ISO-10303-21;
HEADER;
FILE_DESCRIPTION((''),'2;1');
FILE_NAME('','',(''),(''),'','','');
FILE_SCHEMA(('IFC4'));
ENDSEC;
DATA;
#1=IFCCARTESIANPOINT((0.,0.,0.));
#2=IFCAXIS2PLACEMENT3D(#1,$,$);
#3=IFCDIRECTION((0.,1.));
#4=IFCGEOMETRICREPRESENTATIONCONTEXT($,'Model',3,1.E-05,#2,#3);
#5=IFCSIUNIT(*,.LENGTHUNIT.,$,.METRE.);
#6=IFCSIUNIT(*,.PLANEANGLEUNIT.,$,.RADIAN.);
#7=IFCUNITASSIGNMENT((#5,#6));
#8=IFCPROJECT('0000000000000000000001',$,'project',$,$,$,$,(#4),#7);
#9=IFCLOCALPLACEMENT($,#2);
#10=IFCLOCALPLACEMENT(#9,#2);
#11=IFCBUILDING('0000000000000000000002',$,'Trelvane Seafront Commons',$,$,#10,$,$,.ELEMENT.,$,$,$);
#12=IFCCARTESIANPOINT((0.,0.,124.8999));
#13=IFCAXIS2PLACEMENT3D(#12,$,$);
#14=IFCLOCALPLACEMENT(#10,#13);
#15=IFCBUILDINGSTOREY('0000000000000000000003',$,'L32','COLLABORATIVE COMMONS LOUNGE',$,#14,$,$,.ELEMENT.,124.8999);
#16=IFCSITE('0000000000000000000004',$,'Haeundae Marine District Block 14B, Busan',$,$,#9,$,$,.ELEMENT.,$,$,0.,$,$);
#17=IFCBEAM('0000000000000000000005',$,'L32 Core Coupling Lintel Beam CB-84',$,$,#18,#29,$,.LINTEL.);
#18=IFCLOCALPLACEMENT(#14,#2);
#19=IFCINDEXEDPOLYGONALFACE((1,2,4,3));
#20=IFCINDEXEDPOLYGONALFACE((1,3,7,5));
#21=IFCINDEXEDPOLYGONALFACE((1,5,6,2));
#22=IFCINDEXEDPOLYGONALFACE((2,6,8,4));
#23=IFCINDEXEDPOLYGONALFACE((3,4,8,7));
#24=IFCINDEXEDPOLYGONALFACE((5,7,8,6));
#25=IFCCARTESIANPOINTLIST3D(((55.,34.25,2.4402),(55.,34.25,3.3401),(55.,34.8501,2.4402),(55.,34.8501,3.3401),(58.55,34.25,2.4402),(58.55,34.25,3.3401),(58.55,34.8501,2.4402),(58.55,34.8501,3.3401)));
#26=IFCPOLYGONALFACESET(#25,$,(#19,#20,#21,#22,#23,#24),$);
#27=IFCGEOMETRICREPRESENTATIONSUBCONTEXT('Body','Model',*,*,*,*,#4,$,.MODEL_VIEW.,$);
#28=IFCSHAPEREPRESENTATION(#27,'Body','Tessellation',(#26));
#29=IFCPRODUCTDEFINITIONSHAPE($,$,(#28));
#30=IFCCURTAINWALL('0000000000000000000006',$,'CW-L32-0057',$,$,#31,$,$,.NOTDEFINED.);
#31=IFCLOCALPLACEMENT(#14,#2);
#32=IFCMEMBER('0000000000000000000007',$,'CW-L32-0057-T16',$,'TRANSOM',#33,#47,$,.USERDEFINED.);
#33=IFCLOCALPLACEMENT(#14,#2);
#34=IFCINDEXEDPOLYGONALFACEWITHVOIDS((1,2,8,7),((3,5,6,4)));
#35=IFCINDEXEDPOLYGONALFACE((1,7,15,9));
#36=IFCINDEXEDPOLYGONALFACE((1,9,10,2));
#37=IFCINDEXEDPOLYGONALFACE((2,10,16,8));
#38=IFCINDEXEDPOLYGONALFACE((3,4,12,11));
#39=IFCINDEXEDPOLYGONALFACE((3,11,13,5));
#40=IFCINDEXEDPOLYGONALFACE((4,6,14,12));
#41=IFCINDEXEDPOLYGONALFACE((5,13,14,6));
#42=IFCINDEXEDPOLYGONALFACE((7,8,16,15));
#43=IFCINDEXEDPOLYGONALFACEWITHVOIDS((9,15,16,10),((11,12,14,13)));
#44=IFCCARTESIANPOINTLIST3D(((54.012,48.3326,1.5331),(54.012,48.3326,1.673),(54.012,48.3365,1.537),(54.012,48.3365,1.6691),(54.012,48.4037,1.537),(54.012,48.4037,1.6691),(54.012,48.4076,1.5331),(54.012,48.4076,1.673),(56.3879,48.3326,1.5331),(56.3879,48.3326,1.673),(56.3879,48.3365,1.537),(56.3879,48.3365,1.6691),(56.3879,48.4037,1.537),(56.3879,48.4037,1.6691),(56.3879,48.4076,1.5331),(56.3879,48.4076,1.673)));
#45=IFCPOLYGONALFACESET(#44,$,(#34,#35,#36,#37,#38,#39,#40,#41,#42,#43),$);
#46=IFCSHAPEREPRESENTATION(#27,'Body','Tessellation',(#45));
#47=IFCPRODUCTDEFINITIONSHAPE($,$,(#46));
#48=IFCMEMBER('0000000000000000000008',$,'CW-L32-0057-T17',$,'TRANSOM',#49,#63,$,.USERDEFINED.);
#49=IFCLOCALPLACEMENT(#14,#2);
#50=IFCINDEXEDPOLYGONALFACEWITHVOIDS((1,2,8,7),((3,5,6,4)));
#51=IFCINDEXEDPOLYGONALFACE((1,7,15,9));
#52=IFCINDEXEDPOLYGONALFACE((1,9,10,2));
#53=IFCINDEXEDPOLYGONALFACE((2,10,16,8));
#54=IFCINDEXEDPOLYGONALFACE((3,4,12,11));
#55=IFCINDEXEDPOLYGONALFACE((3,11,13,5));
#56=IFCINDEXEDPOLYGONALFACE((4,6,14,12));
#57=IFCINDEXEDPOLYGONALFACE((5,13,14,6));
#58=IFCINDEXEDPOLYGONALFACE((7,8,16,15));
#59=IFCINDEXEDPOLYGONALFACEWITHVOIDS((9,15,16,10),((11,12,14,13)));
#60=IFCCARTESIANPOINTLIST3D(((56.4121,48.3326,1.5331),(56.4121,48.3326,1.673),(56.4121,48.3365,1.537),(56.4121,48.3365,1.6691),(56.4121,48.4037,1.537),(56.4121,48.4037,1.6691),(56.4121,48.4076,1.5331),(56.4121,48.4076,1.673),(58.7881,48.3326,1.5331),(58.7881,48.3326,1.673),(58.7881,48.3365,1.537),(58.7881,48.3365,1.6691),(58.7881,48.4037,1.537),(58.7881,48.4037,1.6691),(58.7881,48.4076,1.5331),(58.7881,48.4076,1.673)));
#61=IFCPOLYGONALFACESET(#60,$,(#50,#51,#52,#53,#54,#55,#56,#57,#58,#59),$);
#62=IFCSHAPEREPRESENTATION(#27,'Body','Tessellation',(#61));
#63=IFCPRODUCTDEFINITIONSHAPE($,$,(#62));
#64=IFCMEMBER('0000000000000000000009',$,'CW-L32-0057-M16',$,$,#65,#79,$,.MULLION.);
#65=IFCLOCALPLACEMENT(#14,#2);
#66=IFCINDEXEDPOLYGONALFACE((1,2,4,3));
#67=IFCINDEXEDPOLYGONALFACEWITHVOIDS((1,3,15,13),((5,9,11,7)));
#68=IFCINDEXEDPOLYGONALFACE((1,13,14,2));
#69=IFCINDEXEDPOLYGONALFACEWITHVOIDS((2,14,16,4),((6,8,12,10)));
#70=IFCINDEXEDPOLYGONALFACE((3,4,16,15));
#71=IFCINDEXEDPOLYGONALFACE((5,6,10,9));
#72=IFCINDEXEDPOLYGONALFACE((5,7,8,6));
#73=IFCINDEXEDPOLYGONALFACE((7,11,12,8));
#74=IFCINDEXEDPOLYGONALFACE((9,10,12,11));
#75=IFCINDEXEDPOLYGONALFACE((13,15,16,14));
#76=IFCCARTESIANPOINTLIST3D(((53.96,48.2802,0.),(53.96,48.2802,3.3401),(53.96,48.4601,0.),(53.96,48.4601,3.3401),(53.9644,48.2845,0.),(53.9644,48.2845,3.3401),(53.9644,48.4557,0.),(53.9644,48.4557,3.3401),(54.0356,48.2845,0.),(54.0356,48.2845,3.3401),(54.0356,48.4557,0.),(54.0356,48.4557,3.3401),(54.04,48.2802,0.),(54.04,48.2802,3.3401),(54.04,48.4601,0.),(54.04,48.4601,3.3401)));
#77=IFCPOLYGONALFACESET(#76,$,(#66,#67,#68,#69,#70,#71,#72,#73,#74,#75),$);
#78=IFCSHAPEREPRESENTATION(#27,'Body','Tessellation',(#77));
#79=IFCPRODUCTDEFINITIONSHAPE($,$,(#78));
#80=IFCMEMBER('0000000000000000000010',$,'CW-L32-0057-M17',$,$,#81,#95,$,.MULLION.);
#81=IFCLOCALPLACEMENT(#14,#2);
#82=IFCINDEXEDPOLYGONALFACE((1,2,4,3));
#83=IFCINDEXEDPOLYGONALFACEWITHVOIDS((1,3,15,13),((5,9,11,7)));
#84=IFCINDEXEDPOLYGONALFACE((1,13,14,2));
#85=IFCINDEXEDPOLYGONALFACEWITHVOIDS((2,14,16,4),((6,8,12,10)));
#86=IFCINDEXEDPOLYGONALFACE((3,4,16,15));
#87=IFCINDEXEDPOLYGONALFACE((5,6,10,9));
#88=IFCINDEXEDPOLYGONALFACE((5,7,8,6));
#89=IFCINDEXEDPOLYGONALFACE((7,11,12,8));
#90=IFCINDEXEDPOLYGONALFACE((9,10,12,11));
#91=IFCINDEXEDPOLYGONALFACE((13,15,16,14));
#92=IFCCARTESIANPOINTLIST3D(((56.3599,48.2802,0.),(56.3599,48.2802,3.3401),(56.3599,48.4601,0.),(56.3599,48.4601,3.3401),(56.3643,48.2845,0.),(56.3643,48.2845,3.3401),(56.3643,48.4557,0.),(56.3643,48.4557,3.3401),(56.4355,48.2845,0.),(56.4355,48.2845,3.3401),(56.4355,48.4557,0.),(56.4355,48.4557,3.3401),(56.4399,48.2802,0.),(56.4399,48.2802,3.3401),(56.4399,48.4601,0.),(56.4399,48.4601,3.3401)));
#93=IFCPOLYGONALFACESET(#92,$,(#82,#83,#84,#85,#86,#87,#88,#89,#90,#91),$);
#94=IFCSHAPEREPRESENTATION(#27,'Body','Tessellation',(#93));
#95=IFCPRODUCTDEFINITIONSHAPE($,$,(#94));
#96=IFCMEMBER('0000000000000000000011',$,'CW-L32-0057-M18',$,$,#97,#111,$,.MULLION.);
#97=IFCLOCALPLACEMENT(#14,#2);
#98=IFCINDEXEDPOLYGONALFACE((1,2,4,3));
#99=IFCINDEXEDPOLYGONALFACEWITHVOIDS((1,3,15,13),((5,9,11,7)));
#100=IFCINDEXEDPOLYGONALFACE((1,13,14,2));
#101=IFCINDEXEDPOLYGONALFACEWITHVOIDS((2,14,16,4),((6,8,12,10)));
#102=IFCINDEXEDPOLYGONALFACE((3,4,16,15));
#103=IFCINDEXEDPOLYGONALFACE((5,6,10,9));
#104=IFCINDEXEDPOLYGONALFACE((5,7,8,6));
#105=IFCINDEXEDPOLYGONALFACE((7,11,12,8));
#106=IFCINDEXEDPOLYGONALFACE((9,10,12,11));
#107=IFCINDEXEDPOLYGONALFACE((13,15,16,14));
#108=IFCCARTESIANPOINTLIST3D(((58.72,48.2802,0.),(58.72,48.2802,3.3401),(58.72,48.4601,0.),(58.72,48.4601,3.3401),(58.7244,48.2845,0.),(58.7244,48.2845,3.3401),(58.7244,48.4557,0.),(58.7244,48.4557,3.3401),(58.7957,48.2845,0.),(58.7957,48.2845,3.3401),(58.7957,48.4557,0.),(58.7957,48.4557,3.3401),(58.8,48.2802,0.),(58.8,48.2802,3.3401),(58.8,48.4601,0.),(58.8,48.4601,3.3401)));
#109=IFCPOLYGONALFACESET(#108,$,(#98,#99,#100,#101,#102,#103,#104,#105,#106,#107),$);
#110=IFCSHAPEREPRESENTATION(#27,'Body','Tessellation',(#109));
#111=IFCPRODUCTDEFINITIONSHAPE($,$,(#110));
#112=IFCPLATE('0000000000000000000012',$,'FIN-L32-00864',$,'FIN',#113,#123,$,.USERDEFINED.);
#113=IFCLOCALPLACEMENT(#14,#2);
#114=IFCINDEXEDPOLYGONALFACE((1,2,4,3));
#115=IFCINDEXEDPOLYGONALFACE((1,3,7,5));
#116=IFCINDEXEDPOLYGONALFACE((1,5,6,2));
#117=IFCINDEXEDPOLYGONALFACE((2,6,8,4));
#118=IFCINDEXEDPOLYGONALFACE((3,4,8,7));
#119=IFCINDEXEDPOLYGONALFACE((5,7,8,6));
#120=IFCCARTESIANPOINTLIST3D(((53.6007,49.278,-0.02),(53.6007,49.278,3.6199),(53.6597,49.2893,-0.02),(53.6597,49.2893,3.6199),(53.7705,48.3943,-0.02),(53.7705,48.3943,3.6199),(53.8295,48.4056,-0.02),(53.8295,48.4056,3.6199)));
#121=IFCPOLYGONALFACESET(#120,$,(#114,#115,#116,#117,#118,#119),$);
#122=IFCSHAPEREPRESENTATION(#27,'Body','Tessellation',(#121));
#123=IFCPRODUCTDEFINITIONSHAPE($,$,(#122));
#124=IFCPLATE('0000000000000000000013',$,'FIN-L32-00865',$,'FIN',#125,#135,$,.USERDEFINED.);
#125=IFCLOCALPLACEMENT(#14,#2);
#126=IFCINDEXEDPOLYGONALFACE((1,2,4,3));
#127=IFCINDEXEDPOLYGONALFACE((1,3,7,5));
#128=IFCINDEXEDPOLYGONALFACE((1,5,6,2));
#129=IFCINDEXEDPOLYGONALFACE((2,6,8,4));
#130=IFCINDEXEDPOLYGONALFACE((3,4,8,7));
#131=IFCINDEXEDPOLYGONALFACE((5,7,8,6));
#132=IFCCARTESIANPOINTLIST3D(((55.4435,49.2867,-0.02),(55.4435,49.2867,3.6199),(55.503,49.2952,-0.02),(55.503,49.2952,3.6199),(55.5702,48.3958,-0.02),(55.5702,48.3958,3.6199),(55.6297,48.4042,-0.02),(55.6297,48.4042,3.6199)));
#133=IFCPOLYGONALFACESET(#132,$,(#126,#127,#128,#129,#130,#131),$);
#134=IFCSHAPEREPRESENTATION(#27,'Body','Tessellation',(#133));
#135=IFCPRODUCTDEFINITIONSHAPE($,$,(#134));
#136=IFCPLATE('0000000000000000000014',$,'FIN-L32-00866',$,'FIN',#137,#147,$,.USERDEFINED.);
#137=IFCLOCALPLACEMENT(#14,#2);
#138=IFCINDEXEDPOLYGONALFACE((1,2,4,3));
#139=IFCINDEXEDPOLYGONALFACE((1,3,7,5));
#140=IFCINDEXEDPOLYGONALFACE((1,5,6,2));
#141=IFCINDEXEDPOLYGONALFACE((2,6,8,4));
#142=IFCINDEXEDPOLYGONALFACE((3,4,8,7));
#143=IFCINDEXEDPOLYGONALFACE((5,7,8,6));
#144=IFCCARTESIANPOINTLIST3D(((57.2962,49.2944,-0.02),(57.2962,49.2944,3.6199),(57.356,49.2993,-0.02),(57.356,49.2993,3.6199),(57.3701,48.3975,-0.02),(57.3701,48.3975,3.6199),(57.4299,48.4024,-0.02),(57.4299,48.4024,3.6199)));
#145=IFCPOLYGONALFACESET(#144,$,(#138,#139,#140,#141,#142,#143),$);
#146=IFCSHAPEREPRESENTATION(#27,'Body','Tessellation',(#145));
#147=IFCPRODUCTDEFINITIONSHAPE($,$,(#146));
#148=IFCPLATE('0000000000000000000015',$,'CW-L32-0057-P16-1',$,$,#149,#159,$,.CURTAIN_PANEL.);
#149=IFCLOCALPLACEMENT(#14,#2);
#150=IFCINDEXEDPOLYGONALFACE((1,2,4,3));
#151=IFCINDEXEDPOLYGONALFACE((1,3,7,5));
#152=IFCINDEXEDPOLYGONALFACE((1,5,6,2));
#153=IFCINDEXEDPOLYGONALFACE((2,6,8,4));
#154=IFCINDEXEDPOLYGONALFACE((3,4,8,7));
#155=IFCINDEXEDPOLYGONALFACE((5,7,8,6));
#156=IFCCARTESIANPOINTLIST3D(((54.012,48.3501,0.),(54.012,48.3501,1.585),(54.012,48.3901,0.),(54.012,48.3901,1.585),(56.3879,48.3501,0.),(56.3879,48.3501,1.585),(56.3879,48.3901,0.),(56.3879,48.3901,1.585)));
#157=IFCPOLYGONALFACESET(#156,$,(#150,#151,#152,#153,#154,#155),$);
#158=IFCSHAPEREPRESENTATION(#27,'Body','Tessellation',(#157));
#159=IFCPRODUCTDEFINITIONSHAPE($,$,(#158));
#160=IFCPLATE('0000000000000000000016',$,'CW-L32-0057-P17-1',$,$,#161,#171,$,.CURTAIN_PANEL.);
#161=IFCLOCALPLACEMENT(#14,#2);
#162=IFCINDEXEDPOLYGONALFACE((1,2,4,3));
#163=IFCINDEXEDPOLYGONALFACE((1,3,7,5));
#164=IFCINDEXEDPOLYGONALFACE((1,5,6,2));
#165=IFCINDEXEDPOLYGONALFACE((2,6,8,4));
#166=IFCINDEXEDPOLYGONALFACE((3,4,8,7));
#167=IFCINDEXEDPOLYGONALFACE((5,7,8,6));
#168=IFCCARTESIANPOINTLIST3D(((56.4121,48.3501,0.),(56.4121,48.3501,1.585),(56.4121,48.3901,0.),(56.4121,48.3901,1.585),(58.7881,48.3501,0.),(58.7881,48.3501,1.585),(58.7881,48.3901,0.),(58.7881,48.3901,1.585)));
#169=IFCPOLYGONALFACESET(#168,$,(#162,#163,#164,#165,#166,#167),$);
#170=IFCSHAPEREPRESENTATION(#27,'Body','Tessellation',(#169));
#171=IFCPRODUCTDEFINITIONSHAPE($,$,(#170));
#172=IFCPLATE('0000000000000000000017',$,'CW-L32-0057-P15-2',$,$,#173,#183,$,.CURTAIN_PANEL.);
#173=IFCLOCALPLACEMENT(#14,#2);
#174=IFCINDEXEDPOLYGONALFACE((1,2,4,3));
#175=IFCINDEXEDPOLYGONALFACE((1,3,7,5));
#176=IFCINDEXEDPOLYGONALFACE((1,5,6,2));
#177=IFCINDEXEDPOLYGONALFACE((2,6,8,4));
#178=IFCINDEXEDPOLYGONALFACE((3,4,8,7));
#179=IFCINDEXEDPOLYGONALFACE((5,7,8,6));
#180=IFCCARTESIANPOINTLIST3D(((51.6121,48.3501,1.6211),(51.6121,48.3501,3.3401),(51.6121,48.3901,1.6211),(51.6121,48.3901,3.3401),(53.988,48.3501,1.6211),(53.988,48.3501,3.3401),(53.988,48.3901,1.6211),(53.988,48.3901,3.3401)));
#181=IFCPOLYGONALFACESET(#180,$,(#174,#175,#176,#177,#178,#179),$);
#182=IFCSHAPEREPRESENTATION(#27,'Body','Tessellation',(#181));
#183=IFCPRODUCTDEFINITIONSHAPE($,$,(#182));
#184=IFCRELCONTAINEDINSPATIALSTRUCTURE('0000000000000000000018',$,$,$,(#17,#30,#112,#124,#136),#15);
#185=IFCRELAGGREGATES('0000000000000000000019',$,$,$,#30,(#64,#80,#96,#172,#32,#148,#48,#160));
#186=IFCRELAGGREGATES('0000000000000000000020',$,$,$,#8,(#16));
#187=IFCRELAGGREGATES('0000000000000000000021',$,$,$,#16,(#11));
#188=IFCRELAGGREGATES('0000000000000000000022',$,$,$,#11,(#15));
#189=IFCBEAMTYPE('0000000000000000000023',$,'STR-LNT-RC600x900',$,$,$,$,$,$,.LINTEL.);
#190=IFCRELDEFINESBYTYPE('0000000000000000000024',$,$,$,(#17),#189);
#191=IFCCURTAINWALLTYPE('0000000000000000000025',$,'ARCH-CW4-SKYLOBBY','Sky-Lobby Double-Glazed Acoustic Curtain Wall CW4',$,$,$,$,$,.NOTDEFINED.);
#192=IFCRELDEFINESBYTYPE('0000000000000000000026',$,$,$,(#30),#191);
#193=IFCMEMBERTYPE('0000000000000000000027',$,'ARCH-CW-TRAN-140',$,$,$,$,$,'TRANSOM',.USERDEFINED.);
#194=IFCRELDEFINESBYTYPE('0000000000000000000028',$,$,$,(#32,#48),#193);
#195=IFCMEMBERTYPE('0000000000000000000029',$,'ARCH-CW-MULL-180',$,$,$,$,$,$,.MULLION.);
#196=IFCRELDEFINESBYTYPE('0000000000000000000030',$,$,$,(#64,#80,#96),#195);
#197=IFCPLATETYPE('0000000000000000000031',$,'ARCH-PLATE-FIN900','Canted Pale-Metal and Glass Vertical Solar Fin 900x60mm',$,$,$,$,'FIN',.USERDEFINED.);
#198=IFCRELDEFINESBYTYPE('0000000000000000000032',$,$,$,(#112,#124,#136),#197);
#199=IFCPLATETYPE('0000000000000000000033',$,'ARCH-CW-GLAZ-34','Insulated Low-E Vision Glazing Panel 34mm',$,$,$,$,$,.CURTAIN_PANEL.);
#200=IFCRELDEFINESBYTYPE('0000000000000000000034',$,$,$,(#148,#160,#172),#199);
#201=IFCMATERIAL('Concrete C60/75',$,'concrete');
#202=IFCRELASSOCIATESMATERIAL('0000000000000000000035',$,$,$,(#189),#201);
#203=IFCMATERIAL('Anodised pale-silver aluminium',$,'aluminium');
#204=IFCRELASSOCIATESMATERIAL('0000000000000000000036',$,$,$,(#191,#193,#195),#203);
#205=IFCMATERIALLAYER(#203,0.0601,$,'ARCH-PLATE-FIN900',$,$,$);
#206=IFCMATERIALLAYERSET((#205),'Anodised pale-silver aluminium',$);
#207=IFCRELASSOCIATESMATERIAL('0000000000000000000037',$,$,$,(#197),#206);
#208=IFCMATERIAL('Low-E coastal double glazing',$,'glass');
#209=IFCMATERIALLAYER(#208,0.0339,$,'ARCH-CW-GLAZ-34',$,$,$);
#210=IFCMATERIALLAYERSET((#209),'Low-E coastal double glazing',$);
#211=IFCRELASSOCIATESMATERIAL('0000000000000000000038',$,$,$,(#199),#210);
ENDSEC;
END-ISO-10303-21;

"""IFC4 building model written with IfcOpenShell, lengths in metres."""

from ifc_helpers import new_model, si_unit, direction, frame, origin, origin_2d, place, context, subcontext, project, spatial, rectangle, hollow_rectangle, extrude, source, transform, mapped, material, layer, layer_set, material_profile, profile_set, type_object, element, aggregate, save


model = new_model("IFC4")

# Units and contexts
model_context = context("Model", 3, precision=1e-05, world=origin(), true_north=direction((0.0, 1.0)))
body_context = subcontext(model_context, "Body", "Model", "MODEL_VIEW")
ifc_project = project(units=[si_unit("LENGTHUNIT", "METRE"), si_unit("PLANEANGLEUNIT", "RADIAN")], contexts=[model_context])

# Site, building, storey
site_placement = place(None, origin())
site = spatial("IfcSite", under=ifc_project, at=site_placement, Name="Haeundae Marine District Block 14B, Busan", CompositionType="ELEMENT", RefElevation=0.0)
building_placement = place(site_placement, origin())
building = spatial("IfcBuilding", under=site, at=building_placement, Name="Trelvane Seafront Commons", CompositionType="ELEMENT")
storey_placement = place(building_placement, frame((0.0, 0.0, 124.8999)))
storey = spatial("IfcBuildingStorey", under=building, at=storey_placement, Name="L32", Description="COLLABORATIVE COMMONS LOUNGE", CompositionType="ELEMENT", Elevation=124.8999)

# Beam
ifc_material_1 = material(Name="Concrete C60/75", Category="concrete")
ifc_material_profile_1 = material_profile(ifc_material_1, rectangle(XDim=0.6001, YDim=0.8999, at=origin_2d()), Name="RC-600x900")
ifc_profile_set_1 = profile_set([ifc_material_profile_1], Name="Concrete C60/75")
beam_type = type_object("IfcBeamType", Name="STR-LNT-RC600x900", PredefinedType="LINTEL", material=ifc_profile_set_1)
shared_shape_1 = source(origin(), body_context, "Body", "SweptSolid", [
    extrude(rectangle(XDim=0.6001, YDim=0.8999, at=origin_2d()), origin(), (0.0, 0.0, 1.0), 3.55),
])
beam_placement = place(storey_placement, frame((55.0, 34.55, 2.8901), z_axis=(1.0, 0.0, 0.0), x_axis=(0.0, 1.0, 0.0)))
element("IfcBeam", 1, at=beam_placement, inside=storey, type_object=beam_type, Name="L32 Core Coupling Lintel Beam CB-84", PredefinedType="LINTEL", context=body_context, shape_type="MappedRepresentation", body=[
    mapped(shared_shape_1, transform((0.0, 0.0, 0.0), x_axis=(1.0, 0.0, 0.0), y_axis=(0.0, 1.0, 0.0), z_axis=(0.0, 0.0, 1.0), scale=1.0)),
])

# Curtain wall, members
ifc_material_2 = material(Name="Anodised pale-silver aluminium", Category="aluminium")
curtain_wall_type = type_object("IfcCurtainWallType", Name="ARCH-CW4-SKYLOBBY", Description="Sky-Lobby Double-Glazed Acoustic Curtain Wall CW4", PredefinedType="NOTDEFINED", material=ifc_material_2)
curtain_wall_placement = place(storey_placement, origin())
curtain_wall = element("IfcCurtainWall", 2, at=curtain_wall_placement, inside=storey, type_object=curtain_wall_type, Name="CW-L32-0057", PredefinedType="NOTDEFINED")
ifc_material_profile_2 = material_profile(ifc_material_2, hollow_rectangle(XDim=0.075, YDim=0.1399, WallThickness=0.0039, at=origin_2d()), Name="TRAN-75x140x4")
ifc_profile_set_2 = profile_set([ifc_material_profile_2], Name="Anodised pale-silver aluminium")
member_type_1 = type_object("IfcMemberType", Name="ARCH-CW-TRAN-140", ElementType="TRANSOM", PredefinedType="USERDEFINED", material=ifc_profile_set_2)
shared_shape_2 = source(origin(), body_context, "Body", "SweptSolid", [
    extrude(hollow_rectangle(XDim=0.075, YDim=0.1399, WallThickness=0.0039, at=origin_2d()), origin(), (0.0, 0.0, 1.0), 2.376),
])
member_1_placement = place(storey_placement, frame((54.012, 48.3701, 1.603), z_axis=(1.0, 0.0, 0.0), x_axis=(0.0, 1.0, 0.0)))
member_1 = element("IfcMember", 3, at=member_1_placement, type_object=member_type_1, Name="CW-L32-0057-T16", ObjectType="TRANSOM", PredefinedType="USERDEFINED", context=body_context, shape_type="MappedRepresentation", body=[
    mapped(shared_shape_2, transform((0.0, 0.0, 0.0), x_axis=(1.0, 0.0, 0.0), y_axis=(0.0, 1.0, 0.0), z_axis=(0.0, 0.0, 1.0), scale=1.0)),
])
member_2_placement = place(storey_placement, frame((56.4121, 48.3701, 1.603), z_axis=(1.0, 0.0, 0.0), x_axis=(0.0, 1.0, 0.0)))
member_2 = element("IfcMember", 4, at=member_2_placement, type_object=member_type_1, Name="CW-L32-0057-T17", ObjectType="TRANSOM", PredefinedType="USERDEFINED", context=body_context, shape_type="MappedRepresentation", body=[
    mapped(shared_shape_2, transform((0.0, 0.0, 0.0), x_axis=(1.0, 0.0, 0.0), y_axis=(0.0, 1.0, 0.0), z_axis=(0.0, 0.0, 1.0), scale=1.0)),
])
ifc_material_profile_3 = material_profile(ifc_material_2, hollow_rectangle(XDim=0.0801, YDim=0.1799, WallThickness=0.0044, at=origin_2d()), Name="MULL-80x180x4.5")
ifc_profile_set_3 = profile_set([ifc_material_profile_3], Name="Anodised pale-silver aluminium")
member_type_2 = type_object("IfcMemberType", Name="ARCH-CW-MULL-180", PredefinedType="MULLION", material=ifc_profile_set_3)
shared_shape_3 = source(origin(), body_context, "Body", "SweptSolid", [
    extrude(hollow_rectangle(XDim=0.0801, YDim=0.1799, WallThickness=0.0044, at=origin_2d()), origin(), (0.0, 0.0, 1.0), 3.3401),
])
member_3_placement = place(storey_placement, frame((54.0, 48.3701, 0.0), z_axis=(0.0, 0.0, 1.0), x_axis=(1.0, 0.0, 0.0)))
member_3 = element("IfcMember", 5, at=member_3_placement, type_object=member_type_2, Name="CW-L32-0057-M16", PredefinedType="MULLION", context=body_context, shape_type="MappedRepresentation", body=[
    mapped(shared_shape_3, transform((0.0, 0.0, 0.0), x_axis=(1.0, 0.0, 0.0), y_axis=(0.0, 1.0, 0.0), z_axis=(0.0, 0.0, 1.0), scale=1.0)),
])
member_4_placement = place(storey_placement, frame((56.3999, 48.3701, 0.0), z_axis=(0.0, 0.0, 1.0), x_axis=(1.0, 0.0, 0.0)))
member_4 = element("IfcMember", 6, at=member_4_placement, type_object=member_type_2, Name="CW-L32-0057-M17", PredefinedType="MULLION", context=body_context, shape_type="MappedRepresentation", body=[
    mapped(shared_shape_3, transform((0.0, 0.0, 0.0), x_axis=(1.0, 0.0, 0.0), y_axis=(0.0, 1.0, 0.0), z_axis=(0.0, 0.0, 1.0), scale=1.0)),
])
member_5_placement = place(storey_placement, frame((58.76, 48.3701, 0.0), z_axis=(0.0, 0.0, 1.0), x_axis=(1.0, 0.0, 0.0)))
member_5 = element("IfcMember", 7, at=member_5_placement, type_object=member_type_2, Name="CW-L32-0057-M18", PredefinedType="MULLION", context=body_context, shape_type="MappedRepresentation", body=[
    mapped(shared_shape_3, transform((0.0, 0.0, 0.0), x_axis=(1.0, 0.0, 0.0), y_axis=(0.0, 1.0, 0.0), z_axis=(0.0, 0.0, 1.0), scale=1.0)),
])

# Plates
ifc_layer_1 = layer(ifc_material_2, 0.0601, Name="ARCH-PLATE-FIN900")
ifc_layer_set_1 = layer_set([ifc_layer_1], Name="Anodised pale-silver aluminium")
plate_type_1 = type_object("IfcPlateType", Name="ARCH-PLATE-FIN900", Description="Canted Pale-Metal and Glass Vertical Solar Fin 900x60mm", ElementType="FIN", PredefinedType="USERDEFINED", material=ifc_layer_set_1)
shared_shape_4 = source(origin(), body_context, "Body", "SweptSolid", [
    extrude(rectangle(XDim=0.8999, YDim=0.0601, at=origin_2d()), origin(), (0.0, 0.0, 1.0), 3.6399),
])
for number, where, z_axis, x_axis, name in (
    (8, (53.7151, 48.8418, -0.02), (0.0, 0.0, 1.0), (-0.188674, 0.98204, 0.0), "FIN-L32-00864"),
    (9, (55.5366, 48.8455, -0.02), (0.0, 0.0, 1.0), (-0.140784, 0.99004, 0.0), "FIN-L32-00865"),
    (10, (57.363, 48.8484, -0.02), (0.0, 0.0, 1.0), (-0.082107, 0.996624, 0.0), "FIN-L32-00866"),
):
    element("IfcPlate", number, at=place(storey_placement, frame(where, z_axis=z_axis, x_axis=x_axis)), inside=storey, type_object=plate_type_1, Name=name, ObjectType="FIN", PredefinedType="USERDEFINED", context=body_context, shape_type="MappedRepresentation", body=[
        mapped(shared_shape_4, transform((0.0, 0.0, 0.0), x_axis=(1.0, 0.0, 0.0), y_axis=(0.0, 1.0, 0.0), z_axis=(0.0, 0.0, 1.0), scale=1.0)),
    ])

# Plates
ifc_material_3 = material(Name="Low-E coastal double glazing", Category="glass")
ifc_layer_2 = layer(ifc_material_3, 0.0339, Name="ARCH-CW-GLAZ-34")
ifc_layer_set_2 = layer_set([ifc_layer_2], Name="Low-E coastal double glazing")
plate_type_2 = type_object("IfcPlateType", Name="ARCH-CW-GLAZ-34", Description="Insulated Low-E Vision Glazing Panel 34mm", PredefinedType="CURTAIN_PANEL", material=ifc_layer_set_2)
shared_shape_5 = source(origin(), body_context, "Body", "SweptSolid", [
    extrude(rectangle(XDim=2.376, YDim=0.04, at=origin_2d()), origin(), (0.0, 0.0, 1.0), 1.585),
])
plate_1_placement = place(storey_placement, frame((55.2, 48.3701, 0.0), z_axis=(0.0, 0.0, 1.0), x_axis=(1.0, 0.0, 0.0)))
plate_1 = element("IfcPlate", 11, at=plate_1_placement, type_object=plate_type_2, Name="CW-L32-0057-P16-1", PredefinedType="CURTAIN_PANEL", context=body_context, shape_type="MappedRepresentation", body=[
    mapped(shared_shape_5, transform((0.0, 0.0, 0.0), x_axis=(1.0, 0.0, 0.0), y_axis=(0.0, 1.0, 0.0), z_axis=(0.0, 0.0, 1.0), scale=1.0)),
])
plate_2_placement = place(storey_placement, frame((57.6001, 48.3701, 0.0), z_axis=(0.0, 0.0, 1.0), x_axis=(1.0, 0.0, 0.0)))
plate_2 = element("IfcPlate", 12, at=plate_2_placement, type_object=plate_type_2, Name="CW-L32-0057-P17-1", PredefinedType="CURTAIN_PANEL", context=body_context, shape_type="MappedRepresentation", body=[
    mapped(shared_shape_5, transform((0.0, 0.0, 0.0), x_axis=(1.0, 0.0, 0.0), y_axis=(0.0, 1.0, 0.0), z_axis=(0.0, 0.0, 1.0), scale=1.0)),
])
shared_shape_6 = source(origin(), body_context, "Body", "SweptSolid", [
    extrude(rectangle(XDim=2.376, YDim=0.04, at=origin_2d()), origin(), (0.0, 0.0, 1.0), 1.719),
])
plate_3_placement = place(storey_placement, frame((52.8, 48.3701, 1.6211), z_axis=(0.0, 0.0, 1.0), x_axis=(1.0, 0.0, 0.0)))
plate_3 = element("IfcPlate", 13, at=plate_3_placement, type_object=plate_type_2, Name="CW-L32-0057-P15-2", PredefinedType="CURTAIN_PANEL", context=body_context, shape_type="MappedRepresentation", body=[
    mapped(shared_shape_6, transform((0.0, 0.0, 0.0), x_axis=(1.0, 0.0, 0.0), y_axis=(0.0, 1.0, 0.0), z_axis=(0.0, 0.0, 1.0), scale=1.0)),
])
aggregate(curtain_wall, [member_3, member_4, member_5, plate_3, member_1, plate_1, member_2, plate_2])

save(model, "model.ifc")
